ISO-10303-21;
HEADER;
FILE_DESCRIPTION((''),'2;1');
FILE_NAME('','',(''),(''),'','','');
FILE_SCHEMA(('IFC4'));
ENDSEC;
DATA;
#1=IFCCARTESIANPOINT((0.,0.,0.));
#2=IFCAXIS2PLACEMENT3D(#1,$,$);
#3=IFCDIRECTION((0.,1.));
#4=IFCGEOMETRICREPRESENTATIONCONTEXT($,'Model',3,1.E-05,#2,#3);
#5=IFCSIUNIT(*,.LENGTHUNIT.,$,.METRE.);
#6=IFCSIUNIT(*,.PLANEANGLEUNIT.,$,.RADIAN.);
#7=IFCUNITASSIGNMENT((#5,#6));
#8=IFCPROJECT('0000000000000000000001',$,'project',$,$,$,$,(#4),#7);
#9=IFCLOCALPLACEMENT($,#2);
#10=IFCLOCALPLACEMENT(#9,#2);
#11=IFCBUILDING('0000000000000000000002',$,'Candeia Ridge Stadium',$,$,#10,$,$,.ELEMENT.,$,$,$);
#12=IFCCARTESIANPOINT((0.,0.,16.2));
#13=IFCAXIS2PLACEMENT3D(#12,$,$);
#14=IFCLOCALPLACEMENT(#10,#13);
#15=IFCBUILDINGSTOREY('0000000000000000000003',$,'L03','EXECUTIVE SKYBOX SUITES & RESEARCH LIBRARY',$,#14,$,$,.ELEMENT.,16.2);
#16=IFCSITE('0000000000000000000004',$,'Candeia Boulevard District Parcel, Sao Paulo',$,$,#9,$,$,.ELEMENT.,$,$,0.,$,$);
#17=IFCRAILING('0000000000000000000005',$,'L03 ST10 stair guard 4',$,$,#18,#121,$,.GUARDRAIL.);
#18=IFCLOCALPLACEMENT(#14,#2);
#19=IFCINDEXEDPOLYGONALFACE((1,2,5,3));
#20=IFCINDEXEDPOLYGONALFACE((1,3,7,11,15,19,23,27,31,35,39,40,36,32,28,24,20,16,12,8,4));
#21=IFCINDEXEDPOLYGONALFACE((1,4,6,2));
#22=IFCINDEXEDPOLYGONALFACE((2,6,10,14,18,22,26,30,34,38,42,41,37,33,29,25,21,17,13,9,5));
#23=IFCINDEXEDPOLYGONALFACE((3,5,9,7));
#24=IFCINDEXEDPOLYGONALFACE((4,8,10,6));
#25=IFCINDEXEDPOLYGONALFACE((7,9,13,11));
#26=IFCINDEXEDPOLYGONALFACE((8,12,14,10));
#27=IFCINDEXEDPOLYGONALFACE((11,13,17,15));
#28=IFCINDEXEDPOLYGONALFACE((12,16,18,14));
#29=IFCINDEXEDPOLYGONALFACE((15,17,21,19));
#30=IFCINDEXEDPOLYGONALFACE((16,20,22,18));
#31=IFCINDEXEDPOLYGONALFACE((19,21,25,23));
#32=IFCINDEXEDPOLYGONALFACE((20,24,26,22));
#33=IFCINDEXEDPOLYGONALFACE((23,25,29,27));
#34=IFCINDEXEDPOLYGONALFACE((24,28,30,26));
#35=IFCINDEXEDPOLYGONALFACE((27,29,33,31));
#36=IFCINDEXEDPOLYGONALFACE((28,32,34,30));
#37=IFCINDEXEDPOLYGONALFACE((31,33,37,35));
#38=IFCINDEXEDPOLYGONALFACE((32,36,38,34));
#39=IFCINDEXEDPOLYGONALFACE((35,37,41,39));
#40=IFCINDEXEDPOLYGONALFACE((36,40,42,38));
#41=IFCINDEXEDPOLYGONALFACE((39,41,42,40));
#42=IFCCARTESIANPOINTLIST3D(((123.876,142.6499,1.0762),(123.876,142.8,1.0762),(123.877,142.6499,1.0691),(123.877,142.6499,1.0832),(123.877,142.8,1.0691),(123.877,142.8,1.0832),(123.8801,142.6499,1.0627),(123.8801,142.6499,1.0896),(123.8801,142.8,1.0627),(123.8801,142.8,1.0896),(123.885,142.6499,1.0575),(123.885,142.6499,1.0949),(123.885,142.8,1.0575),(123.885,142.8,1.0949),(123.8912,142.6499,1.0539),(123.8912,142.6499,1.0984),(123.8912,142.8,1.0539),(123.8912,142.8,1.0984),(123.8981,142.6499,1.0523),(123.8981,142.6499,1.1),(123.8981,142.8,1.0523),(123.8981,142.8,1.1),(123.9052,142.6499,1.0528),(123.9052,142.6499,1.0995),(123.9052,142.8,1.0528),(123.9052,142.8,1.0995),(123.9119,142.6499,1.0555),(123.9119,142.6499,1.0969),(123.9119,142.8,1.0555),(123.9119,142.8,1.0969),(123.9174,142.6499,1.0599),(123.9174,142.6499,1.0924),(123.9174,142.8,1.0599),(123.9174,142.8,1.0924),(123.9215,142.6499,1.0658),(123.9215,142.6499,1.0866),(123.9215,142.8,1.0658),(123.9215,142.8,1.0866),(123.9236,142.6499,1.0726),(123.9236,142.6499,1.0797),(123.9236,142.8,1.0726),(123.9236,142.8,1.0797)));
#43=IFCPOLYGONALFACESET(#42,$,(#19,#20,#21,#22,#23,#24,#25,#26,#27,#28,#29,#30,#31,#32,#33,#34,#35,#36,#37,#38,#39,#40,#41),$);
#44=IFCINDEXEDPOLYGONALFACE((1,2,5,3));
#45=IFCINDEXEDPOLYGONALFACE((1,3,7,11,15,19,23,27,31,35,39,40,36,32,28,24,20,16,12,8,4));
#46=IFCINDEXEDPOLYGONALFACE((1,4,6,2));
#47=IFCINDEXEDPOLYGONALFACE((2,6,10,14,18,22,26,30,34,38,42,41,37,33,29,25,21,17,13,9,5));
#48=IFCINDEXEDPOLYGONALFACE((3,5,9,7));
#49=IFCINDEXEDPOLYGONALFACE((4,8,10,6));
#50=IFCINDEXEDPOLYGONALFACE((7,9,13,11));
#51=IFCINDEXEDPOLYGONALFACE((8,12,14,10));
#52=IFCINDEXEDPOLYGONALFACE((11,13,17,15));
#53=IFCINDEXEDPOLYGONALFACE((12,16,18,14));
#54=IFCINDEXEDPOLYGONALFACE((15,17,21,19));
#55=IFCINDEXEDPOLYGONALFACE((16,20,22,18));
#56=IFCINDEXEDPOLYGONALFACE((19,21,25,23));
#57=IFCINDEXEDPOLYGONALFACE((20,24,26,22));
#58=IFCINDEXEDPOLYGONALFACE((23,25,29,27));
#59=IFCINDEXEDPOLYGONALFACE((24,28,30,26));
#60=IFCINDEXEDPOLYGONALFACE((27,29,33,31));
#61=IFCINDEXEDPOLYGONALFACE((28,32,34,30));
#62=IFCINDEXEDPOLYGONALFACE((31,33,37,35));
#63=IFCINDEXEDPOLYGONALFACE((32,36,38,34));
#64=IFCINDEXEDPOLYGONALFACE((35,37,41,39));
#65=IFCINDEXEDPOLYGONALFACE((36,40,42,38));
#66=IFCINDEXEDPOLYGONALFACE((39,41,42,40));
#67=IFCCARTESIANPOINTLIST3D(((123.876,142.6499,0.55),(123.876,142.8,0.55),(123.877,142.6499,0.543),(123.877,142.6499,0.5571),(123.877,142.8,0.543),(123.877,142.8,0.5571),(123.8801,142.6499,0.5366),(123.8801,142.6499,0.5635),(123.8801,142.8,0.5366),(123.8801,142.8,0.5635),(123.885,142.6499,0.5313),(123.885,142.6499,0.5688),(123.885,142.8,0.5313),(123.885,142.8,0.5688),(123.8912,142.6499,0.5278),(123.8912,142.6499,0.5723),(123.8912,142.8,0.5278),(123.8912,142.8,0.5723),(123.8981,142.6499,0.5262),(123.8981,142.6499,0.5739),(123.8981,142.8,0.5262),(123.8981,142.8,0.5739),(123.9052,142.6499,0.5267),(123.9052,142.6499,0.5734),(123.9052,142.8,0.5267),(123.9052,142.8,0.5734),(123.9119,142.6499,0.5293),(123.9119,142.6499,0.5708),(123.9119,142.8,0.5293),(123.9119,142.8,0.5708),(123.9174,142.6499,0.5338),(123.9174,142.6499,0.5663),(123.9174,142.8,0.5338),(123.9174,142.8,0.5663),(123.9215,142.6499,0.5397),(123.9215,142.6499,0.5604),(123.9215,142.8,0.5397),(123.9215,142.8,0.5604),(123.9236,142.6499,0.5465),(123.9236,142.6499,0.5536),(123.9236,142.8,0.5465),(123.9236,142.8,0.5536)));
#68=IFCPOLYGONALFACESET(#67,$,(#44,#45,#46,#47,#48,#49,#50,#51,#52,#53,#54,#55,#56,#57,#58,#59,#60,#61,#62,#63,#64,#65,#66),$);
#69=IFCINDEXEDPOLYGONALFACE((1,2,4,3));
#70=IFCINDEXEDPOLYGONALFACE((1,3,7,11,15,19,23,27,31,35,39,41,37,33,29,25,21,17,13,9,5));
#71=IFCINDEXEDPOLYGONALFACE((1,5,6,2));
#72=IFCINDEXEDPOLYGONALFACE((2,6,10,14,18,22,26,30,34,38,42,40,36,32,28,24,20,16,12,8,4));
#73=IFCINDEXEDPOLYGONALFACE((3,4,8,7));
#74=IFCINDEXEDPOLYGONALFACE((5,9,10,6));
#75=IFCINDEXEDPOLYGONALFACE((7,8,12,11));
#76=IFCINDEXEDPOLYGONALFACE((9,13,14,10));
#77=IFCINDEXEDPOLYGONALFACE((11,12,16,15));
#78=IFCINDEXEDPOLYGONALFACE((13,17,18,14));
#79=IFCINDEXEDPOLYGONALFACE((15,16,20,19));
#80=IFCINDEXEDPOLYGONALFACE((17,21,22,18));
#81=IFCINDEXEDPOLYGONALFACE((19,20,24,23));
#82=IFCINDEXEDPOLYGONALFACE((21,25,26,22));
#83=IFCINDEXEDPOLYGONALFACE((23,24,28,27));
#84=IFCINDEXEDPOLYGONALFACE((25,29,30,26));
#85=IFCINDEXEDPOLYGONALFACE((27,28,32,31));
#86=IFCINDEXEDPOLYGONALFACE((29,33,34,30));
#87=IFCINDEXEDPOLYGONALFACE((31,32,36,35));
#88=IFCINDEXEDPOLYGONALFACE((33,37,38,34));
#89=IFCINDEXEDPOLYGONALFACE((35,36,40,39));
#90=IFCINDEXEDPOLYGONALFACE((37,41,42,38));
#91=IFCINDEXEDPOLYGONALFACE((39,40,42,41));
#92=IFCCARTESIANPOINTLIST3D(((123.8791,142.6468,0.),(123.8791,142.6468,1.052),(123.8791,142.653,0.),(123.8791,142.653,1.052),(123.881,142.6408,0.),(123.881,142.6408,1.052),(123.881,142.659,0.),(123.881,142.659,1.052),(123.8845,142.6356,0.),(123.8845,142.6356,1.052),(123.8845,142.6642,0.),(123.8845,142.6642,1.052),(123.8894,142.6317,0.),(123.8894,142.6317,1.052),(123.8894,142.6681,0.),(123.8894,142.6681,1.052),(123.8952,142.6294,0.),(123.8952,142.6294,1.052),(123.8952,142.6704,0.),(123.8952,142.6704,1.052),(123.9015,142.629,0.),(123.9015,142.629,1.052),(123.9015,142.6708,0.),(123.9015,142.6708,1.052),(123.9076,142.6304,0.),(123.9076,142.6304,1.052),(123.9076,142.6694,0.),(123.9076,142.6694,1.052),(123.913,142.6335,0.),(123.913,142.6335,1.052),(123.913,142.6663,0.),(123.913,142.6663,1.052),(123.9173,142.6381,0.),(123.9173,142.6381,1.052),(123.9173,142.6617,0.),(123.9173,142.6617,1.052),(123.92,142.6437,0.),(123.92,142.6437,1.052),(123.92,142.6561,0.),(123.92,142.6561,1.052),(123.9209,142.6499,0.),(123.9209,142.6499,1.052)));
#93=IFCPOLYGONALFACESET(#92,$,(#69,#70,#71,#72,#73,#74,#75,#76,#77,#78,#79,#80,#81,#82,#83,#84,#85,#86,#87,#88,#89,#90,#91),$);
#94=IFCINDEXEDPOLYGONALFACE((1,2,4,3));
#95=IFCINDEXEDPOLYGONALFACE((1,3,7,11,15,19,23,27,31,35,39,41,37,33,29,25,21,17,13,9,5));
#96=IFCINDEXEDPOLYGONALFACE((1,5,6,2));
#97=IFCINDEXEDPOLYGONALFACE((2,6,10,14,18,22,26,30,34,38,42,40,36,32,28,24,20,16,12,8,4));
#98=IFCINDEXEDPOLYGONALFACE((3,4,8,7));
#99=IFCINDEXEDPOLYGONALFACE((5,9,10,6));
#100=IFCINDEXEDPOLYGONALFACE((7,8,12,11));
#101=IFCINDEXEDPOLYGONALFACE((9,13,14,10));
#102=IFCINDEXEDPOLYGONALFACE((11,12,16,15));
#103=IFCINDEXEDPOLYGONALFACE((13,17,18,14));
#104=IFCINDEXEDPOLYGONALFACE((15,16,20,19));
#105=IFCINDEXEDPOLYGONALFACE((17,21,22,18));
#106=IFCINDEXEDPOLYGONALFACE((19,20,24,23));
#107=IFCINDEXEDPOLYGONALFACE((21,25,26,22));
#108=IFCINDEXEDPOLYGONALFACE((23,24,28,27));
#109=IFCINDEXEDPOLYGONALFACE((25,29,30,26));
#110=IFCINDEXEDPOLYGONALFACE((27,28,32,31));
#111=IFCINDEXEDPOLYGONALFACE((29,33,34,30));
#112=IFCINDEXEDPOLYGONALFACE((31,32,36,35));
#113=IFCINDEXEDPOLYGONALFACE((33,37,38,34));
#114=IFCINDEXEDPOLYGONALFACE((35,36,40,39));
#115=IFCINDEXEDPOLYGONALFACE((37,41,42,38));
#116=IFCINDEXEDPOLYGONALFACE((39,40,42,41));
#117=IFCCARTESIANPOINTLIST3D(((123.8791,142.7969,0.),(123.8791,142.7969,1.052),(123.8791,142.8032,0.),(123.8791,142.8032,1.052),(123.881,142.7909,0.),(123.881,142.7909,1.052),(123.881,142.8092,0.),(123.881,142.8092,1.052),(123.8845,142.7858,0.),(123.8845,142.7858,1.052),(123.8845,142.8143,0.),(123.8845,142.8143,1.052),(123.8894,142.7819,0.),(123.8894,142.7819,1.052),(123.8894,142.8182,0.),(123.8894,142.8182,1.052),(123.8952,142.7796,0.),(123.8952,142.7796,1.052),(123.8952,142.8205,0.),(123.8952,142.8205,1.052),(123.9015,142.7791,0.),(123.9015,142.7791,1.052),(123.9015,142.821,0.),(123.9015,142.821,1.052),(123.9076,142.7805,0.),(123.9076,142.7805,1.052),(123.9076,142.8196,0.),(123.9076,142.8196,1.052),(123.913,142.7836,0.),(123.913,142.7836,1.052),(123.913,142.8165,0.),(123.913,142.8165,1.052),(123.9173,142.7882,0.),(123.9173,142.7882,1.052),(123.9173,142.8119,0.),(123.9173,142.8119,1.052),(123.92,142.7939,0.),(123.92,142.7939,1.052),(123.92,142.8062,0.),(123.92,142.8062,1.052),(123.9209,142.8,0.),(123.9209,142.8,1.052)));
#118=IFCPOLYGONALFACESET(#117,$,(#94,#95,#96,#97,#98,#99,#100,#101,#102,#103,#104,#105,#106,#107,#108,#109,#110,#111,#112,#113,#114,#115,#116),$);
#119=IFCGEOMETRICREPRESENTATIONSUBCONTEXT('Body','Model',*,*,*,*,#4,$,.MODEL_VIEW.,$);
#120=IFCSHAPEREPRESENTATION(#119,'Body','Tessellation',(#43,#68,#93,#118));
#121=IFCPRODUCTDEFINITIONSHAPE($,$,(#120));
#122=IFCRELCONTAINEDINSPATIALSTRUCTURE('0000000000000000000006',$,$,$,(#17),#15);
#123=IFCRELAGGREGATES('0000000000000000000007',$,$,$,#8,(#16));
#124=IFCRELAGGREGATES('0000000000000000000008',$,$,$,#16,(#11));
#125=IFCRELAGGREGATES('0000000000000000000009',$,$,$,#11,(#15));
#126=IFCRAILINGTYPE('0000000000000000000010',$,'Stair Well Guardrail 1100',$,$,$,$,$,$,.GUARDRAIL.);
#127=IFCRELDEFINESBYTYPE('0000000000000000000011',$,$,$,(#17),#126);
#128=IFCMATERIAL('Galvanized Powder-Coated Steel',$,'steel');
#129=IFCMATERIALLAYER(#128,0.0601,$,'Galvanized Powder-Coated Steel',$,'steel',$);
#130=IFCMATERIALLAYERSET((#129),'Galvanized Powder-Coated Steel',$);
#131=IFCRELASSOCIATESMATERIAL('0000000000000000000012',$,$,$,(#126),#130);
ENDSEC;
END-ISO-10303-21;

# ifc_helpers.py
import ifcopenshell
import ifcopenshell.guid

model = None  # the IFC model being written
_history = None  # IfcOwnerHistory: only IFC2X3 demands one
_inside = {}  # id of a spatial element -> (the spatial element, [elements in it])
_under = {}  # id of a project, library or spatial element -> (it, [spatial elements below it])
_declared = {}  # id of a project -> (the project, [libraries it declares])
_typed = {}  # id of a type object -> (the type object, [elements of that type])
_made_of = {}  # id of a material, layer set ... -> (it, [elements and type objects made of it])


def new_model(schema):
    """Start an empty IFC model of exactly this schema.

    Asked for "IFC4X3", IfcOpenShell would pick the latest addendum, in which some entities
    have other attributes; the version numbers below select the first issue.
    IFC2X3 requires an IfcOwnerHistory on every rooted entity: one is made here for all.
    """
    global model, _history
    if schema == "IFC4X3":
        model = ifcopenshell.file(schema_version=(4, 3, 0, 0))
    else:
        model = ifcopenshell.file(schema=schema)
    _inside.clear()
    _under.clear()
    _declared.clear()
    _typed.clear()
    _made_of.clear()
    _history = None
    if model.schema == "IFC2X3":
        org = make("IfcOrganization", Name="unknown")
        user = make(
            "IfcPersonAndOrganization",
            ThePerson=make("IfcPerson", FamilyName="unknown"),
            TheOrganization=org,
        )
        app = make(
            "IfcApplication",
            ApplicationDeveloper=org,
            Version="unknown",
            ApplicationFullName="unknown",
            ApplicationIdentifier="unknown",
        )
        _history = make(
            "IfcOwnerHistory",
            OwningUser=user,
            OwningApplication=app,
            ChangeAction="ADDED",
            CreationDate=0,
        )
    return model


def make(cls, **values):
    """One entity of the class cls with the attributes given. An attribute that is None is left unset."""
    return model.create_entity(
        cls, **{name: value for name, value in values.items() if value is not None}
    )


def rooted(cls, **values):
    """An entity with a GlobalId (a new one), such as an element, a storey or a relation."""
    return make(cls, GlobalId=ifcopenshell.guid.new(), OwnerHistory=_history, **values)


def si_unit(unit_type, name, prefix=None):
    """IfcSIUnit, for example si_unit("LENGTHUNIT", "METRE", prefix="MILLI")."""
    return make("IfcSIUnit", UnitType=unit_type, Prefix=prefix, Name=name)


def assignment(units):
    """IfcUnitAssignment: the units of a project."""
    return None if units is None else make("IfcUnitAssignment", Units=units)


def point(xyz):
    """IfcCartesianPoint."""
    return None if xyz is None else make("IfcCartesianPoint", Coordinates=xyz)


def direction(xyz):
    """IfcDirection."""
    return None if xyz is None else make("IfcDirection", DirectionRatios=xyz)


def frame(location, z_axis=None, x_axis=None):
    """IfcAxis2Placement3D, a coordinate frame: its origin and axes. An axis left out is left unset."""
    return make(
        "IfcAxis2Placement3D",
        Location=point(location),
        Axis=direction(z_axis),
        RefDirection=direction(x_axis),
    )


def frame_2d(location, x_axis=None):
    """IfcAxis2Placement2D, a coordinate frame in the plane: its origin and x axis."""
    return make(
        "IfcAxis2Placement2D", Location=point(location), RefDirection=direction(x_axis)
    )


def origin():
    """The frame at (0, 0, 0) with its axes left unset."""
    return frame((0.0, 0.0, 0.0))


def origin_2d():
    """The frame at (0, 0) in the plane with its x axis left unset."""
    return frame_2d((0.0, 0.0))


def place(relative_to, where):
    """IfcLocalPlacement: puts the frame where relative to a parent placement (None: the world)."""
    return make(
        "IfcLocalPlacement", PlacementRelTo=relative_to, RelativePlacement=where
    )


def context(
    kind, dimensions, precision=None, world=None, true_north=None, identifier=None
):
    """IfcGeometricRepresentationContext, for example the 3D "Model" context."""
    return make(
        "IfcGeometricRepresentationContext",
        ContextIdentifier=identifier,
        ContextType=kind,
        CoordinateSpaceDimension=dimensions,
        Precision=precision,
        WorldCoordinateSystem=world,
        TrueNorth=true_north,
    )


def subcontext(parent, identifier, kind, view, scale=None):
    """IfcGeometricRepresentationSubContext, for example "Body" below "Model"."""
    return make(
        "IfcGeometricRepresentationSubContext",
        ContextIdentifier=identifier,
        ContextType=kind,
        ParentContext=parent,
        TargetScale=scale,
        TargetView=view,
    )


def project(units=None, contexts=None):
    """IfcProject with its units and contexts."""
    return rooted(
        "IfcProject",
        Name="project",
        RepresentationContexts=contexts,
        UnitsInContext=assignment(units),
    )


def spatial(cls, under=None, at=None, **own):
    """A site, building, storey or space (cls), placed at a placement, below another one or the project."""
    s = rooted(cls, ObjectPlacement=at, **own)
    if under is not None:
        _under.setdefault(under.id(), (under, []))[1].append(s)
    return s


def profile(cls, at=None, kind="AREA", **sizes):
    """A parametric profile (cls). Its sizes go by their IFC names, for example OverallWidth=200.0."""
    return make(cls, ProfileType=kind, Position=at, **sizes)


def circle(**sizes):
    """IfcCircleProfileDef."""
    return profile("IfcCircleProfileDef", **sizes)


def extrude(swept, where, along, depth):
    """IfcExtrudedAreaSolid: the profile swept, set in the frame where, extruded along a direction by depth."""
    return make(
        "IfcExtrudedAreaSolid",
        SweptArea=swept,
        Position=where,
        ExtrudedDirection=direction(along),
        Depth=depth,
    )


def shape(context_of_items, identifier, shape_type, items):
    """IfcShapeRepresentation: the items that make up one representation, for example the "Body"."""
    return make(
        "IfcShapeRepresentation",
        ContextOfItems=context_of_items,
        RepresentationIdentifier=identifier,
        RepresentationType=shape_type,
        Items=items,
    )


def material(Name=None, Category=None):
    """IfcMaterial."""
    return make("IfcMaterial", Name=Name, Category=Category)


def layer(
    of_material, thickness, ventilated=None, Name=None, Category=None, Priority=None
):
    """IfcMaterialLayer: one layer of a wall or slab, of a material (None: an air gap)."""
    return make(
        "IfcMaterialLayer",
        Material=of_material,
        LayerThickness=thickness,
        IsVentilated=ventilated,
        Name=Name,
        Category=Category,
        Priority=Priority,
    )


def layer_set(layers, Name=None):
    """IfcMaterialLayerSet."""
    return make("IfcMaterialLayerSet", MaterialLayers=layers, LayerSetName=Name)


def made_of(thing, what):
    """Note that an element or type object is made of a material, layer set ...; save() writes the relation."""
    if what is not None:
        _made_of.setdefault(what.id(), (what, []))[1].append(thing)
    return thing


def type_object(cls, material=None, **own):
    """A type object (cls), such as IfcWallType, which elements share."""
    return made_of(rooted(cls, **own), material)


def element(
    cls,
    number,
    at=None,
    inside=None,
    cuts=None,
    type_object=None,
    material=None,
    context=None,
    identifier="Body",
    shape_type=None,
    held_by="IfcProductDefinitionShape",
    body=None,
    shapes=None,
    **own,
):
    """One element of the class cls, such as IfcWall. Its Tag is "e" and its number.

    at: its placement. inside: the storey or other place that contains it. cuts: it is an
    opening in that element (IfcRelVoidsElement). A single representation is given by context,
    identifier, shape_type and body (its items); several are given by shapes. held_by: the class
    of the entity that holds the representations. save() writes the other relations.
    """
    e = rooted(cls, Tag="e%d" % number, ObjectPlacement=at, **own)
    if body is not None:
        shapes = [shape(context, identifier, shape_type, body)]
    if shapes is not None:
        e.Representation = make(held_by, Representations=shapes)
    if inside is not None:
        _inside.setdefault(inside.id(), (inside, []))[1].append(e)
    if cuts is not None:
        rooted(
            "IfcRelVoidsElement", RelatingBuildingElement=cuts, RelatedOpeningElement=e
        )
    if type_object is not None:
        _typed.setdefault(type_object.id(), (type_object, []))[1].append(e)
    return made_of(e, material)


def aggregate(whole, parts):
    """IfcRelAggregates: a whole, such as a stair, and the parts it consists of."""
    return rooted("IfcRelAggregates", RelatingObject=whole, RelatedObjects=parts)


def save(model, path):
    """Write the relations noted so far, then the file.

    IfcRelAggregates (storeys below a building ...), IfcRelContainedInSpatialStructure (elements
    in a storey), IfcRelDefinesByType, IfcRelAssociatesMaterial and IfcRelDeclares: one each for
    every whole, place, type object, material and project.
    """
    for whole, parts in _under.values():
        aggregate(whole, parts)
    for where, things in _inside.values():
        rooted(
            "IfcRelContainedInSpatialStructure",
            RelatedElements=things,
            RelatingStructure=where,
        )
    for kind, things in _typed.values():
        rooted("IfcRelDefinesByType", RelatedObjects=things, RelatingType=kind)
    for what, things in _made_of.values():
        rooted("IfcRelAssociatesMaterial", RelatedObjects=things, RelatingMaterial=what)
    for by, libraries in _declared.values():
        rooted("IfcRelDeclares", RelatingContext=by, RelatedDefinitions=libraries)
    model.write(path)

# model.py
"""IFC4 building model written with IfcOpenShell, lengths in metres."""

from ifc_helpers import new_model, si_unit, direction, frame, origin, origin_2d, place, context, subcontext, project, spatial, circle, extrude, material, layer, layer_set, type_object, element, save


model = new_model("IFC4")

# Units and contexts
model_context = context("Model", 3, precision=1e-05, world=origin(), true_north=direction((0.0, 1.0)))
body_context = subcontext(model_context, "Body", "Model", "MODEL_VIEW")
ifc_project = project(units=[si_unit("LENGTHUNIT", "METRE"), si_unit("PLANEANGLEUNIT", "RADIAN")], contexts=[model_context])

# Site, building, storey
site_placement = place(None, origin())
site = spatial("IfcSite", under=ifc_project, at=site_placement, Name="Candeia Boulevard District Parcel, Sao Paulo", CompositionType="ELEMENT", RefElevation=0.0)
building_placement = place(site_placement, origin())
building = spatial("IfcBuilding", under=site, at=building_placement, Name="Candeia Ridge Stadium", CompositionType="ELEMENT")
storey_placement = place(building_placement, frame((0.0, 0.0, 16.2)))
storey = spatial("IfcBuildingStorey", under=building, at=storey_placement, Name="L03", Description="EXECUTIVE SKYBOX SUITES & RESEARCH LIBRARY", CompositionType="ELEMENT", Elevation=16.2)

# Railing
ifc_material_1 = material(Name="Galvanized Powder-Coated Steel", Category="steel")
ifc_layer_1 = layer(ifc_material_1, 0.0601, Name="Galvanized Powder-Coated Steel", Category="steel")
ifc_layer_set_1 = layer_set([ifc_layer_1], Name="Galvanized Powder-Coated Steel")
railing_type_1 = type_object("IfcRailingType", Name="Stair Well Guardrail 1100", PredefinedType="GUARDRAIL", material=ifc_layer_set_1)
railing_1_placement = place(storey_placement, frame((123.8999, 142.6499, 0.0)))
element("IfcRailing", 1, at=railing_1_placement, inside=storey, type_object=railing_type_1, Name="L03 ST10 stair guard 4", PredefinedType="GUARDRAIL", context=body_context, shape_type="SweptSolid", body=[
    extrude(circle(Radius=0.0239, at=origin_2d()), frame((0.0, 0.0, 1.0762), z_axis=(0.0, 1.0, 0.0), x_axis=(-1.0, 0.0, 0.0)), (0.0, 0.0, 1.0), 0.1501),
    extrude(circle(Radius=0.0239, at=origin_2d()), frame((0.0, 0.0, 0.55), z_axis=(0.0, 1.0, 0.0), x_axis=(-1.0, 0.0, 0.0)), (0.0, 0.0, 1.0), 0.1501),
    extrude(circle(Radius=0.021, at=origin_2d()), origin(), (0.0, 0.0, 1.0), 1.052),
    extrude(circle(Radius=0.021, at=origin_2d()), frame((0.0, 0.1501, 0.0)), (0.0, 0.0, 1.0), 1.052),
])

save(model, "model.ifc")
